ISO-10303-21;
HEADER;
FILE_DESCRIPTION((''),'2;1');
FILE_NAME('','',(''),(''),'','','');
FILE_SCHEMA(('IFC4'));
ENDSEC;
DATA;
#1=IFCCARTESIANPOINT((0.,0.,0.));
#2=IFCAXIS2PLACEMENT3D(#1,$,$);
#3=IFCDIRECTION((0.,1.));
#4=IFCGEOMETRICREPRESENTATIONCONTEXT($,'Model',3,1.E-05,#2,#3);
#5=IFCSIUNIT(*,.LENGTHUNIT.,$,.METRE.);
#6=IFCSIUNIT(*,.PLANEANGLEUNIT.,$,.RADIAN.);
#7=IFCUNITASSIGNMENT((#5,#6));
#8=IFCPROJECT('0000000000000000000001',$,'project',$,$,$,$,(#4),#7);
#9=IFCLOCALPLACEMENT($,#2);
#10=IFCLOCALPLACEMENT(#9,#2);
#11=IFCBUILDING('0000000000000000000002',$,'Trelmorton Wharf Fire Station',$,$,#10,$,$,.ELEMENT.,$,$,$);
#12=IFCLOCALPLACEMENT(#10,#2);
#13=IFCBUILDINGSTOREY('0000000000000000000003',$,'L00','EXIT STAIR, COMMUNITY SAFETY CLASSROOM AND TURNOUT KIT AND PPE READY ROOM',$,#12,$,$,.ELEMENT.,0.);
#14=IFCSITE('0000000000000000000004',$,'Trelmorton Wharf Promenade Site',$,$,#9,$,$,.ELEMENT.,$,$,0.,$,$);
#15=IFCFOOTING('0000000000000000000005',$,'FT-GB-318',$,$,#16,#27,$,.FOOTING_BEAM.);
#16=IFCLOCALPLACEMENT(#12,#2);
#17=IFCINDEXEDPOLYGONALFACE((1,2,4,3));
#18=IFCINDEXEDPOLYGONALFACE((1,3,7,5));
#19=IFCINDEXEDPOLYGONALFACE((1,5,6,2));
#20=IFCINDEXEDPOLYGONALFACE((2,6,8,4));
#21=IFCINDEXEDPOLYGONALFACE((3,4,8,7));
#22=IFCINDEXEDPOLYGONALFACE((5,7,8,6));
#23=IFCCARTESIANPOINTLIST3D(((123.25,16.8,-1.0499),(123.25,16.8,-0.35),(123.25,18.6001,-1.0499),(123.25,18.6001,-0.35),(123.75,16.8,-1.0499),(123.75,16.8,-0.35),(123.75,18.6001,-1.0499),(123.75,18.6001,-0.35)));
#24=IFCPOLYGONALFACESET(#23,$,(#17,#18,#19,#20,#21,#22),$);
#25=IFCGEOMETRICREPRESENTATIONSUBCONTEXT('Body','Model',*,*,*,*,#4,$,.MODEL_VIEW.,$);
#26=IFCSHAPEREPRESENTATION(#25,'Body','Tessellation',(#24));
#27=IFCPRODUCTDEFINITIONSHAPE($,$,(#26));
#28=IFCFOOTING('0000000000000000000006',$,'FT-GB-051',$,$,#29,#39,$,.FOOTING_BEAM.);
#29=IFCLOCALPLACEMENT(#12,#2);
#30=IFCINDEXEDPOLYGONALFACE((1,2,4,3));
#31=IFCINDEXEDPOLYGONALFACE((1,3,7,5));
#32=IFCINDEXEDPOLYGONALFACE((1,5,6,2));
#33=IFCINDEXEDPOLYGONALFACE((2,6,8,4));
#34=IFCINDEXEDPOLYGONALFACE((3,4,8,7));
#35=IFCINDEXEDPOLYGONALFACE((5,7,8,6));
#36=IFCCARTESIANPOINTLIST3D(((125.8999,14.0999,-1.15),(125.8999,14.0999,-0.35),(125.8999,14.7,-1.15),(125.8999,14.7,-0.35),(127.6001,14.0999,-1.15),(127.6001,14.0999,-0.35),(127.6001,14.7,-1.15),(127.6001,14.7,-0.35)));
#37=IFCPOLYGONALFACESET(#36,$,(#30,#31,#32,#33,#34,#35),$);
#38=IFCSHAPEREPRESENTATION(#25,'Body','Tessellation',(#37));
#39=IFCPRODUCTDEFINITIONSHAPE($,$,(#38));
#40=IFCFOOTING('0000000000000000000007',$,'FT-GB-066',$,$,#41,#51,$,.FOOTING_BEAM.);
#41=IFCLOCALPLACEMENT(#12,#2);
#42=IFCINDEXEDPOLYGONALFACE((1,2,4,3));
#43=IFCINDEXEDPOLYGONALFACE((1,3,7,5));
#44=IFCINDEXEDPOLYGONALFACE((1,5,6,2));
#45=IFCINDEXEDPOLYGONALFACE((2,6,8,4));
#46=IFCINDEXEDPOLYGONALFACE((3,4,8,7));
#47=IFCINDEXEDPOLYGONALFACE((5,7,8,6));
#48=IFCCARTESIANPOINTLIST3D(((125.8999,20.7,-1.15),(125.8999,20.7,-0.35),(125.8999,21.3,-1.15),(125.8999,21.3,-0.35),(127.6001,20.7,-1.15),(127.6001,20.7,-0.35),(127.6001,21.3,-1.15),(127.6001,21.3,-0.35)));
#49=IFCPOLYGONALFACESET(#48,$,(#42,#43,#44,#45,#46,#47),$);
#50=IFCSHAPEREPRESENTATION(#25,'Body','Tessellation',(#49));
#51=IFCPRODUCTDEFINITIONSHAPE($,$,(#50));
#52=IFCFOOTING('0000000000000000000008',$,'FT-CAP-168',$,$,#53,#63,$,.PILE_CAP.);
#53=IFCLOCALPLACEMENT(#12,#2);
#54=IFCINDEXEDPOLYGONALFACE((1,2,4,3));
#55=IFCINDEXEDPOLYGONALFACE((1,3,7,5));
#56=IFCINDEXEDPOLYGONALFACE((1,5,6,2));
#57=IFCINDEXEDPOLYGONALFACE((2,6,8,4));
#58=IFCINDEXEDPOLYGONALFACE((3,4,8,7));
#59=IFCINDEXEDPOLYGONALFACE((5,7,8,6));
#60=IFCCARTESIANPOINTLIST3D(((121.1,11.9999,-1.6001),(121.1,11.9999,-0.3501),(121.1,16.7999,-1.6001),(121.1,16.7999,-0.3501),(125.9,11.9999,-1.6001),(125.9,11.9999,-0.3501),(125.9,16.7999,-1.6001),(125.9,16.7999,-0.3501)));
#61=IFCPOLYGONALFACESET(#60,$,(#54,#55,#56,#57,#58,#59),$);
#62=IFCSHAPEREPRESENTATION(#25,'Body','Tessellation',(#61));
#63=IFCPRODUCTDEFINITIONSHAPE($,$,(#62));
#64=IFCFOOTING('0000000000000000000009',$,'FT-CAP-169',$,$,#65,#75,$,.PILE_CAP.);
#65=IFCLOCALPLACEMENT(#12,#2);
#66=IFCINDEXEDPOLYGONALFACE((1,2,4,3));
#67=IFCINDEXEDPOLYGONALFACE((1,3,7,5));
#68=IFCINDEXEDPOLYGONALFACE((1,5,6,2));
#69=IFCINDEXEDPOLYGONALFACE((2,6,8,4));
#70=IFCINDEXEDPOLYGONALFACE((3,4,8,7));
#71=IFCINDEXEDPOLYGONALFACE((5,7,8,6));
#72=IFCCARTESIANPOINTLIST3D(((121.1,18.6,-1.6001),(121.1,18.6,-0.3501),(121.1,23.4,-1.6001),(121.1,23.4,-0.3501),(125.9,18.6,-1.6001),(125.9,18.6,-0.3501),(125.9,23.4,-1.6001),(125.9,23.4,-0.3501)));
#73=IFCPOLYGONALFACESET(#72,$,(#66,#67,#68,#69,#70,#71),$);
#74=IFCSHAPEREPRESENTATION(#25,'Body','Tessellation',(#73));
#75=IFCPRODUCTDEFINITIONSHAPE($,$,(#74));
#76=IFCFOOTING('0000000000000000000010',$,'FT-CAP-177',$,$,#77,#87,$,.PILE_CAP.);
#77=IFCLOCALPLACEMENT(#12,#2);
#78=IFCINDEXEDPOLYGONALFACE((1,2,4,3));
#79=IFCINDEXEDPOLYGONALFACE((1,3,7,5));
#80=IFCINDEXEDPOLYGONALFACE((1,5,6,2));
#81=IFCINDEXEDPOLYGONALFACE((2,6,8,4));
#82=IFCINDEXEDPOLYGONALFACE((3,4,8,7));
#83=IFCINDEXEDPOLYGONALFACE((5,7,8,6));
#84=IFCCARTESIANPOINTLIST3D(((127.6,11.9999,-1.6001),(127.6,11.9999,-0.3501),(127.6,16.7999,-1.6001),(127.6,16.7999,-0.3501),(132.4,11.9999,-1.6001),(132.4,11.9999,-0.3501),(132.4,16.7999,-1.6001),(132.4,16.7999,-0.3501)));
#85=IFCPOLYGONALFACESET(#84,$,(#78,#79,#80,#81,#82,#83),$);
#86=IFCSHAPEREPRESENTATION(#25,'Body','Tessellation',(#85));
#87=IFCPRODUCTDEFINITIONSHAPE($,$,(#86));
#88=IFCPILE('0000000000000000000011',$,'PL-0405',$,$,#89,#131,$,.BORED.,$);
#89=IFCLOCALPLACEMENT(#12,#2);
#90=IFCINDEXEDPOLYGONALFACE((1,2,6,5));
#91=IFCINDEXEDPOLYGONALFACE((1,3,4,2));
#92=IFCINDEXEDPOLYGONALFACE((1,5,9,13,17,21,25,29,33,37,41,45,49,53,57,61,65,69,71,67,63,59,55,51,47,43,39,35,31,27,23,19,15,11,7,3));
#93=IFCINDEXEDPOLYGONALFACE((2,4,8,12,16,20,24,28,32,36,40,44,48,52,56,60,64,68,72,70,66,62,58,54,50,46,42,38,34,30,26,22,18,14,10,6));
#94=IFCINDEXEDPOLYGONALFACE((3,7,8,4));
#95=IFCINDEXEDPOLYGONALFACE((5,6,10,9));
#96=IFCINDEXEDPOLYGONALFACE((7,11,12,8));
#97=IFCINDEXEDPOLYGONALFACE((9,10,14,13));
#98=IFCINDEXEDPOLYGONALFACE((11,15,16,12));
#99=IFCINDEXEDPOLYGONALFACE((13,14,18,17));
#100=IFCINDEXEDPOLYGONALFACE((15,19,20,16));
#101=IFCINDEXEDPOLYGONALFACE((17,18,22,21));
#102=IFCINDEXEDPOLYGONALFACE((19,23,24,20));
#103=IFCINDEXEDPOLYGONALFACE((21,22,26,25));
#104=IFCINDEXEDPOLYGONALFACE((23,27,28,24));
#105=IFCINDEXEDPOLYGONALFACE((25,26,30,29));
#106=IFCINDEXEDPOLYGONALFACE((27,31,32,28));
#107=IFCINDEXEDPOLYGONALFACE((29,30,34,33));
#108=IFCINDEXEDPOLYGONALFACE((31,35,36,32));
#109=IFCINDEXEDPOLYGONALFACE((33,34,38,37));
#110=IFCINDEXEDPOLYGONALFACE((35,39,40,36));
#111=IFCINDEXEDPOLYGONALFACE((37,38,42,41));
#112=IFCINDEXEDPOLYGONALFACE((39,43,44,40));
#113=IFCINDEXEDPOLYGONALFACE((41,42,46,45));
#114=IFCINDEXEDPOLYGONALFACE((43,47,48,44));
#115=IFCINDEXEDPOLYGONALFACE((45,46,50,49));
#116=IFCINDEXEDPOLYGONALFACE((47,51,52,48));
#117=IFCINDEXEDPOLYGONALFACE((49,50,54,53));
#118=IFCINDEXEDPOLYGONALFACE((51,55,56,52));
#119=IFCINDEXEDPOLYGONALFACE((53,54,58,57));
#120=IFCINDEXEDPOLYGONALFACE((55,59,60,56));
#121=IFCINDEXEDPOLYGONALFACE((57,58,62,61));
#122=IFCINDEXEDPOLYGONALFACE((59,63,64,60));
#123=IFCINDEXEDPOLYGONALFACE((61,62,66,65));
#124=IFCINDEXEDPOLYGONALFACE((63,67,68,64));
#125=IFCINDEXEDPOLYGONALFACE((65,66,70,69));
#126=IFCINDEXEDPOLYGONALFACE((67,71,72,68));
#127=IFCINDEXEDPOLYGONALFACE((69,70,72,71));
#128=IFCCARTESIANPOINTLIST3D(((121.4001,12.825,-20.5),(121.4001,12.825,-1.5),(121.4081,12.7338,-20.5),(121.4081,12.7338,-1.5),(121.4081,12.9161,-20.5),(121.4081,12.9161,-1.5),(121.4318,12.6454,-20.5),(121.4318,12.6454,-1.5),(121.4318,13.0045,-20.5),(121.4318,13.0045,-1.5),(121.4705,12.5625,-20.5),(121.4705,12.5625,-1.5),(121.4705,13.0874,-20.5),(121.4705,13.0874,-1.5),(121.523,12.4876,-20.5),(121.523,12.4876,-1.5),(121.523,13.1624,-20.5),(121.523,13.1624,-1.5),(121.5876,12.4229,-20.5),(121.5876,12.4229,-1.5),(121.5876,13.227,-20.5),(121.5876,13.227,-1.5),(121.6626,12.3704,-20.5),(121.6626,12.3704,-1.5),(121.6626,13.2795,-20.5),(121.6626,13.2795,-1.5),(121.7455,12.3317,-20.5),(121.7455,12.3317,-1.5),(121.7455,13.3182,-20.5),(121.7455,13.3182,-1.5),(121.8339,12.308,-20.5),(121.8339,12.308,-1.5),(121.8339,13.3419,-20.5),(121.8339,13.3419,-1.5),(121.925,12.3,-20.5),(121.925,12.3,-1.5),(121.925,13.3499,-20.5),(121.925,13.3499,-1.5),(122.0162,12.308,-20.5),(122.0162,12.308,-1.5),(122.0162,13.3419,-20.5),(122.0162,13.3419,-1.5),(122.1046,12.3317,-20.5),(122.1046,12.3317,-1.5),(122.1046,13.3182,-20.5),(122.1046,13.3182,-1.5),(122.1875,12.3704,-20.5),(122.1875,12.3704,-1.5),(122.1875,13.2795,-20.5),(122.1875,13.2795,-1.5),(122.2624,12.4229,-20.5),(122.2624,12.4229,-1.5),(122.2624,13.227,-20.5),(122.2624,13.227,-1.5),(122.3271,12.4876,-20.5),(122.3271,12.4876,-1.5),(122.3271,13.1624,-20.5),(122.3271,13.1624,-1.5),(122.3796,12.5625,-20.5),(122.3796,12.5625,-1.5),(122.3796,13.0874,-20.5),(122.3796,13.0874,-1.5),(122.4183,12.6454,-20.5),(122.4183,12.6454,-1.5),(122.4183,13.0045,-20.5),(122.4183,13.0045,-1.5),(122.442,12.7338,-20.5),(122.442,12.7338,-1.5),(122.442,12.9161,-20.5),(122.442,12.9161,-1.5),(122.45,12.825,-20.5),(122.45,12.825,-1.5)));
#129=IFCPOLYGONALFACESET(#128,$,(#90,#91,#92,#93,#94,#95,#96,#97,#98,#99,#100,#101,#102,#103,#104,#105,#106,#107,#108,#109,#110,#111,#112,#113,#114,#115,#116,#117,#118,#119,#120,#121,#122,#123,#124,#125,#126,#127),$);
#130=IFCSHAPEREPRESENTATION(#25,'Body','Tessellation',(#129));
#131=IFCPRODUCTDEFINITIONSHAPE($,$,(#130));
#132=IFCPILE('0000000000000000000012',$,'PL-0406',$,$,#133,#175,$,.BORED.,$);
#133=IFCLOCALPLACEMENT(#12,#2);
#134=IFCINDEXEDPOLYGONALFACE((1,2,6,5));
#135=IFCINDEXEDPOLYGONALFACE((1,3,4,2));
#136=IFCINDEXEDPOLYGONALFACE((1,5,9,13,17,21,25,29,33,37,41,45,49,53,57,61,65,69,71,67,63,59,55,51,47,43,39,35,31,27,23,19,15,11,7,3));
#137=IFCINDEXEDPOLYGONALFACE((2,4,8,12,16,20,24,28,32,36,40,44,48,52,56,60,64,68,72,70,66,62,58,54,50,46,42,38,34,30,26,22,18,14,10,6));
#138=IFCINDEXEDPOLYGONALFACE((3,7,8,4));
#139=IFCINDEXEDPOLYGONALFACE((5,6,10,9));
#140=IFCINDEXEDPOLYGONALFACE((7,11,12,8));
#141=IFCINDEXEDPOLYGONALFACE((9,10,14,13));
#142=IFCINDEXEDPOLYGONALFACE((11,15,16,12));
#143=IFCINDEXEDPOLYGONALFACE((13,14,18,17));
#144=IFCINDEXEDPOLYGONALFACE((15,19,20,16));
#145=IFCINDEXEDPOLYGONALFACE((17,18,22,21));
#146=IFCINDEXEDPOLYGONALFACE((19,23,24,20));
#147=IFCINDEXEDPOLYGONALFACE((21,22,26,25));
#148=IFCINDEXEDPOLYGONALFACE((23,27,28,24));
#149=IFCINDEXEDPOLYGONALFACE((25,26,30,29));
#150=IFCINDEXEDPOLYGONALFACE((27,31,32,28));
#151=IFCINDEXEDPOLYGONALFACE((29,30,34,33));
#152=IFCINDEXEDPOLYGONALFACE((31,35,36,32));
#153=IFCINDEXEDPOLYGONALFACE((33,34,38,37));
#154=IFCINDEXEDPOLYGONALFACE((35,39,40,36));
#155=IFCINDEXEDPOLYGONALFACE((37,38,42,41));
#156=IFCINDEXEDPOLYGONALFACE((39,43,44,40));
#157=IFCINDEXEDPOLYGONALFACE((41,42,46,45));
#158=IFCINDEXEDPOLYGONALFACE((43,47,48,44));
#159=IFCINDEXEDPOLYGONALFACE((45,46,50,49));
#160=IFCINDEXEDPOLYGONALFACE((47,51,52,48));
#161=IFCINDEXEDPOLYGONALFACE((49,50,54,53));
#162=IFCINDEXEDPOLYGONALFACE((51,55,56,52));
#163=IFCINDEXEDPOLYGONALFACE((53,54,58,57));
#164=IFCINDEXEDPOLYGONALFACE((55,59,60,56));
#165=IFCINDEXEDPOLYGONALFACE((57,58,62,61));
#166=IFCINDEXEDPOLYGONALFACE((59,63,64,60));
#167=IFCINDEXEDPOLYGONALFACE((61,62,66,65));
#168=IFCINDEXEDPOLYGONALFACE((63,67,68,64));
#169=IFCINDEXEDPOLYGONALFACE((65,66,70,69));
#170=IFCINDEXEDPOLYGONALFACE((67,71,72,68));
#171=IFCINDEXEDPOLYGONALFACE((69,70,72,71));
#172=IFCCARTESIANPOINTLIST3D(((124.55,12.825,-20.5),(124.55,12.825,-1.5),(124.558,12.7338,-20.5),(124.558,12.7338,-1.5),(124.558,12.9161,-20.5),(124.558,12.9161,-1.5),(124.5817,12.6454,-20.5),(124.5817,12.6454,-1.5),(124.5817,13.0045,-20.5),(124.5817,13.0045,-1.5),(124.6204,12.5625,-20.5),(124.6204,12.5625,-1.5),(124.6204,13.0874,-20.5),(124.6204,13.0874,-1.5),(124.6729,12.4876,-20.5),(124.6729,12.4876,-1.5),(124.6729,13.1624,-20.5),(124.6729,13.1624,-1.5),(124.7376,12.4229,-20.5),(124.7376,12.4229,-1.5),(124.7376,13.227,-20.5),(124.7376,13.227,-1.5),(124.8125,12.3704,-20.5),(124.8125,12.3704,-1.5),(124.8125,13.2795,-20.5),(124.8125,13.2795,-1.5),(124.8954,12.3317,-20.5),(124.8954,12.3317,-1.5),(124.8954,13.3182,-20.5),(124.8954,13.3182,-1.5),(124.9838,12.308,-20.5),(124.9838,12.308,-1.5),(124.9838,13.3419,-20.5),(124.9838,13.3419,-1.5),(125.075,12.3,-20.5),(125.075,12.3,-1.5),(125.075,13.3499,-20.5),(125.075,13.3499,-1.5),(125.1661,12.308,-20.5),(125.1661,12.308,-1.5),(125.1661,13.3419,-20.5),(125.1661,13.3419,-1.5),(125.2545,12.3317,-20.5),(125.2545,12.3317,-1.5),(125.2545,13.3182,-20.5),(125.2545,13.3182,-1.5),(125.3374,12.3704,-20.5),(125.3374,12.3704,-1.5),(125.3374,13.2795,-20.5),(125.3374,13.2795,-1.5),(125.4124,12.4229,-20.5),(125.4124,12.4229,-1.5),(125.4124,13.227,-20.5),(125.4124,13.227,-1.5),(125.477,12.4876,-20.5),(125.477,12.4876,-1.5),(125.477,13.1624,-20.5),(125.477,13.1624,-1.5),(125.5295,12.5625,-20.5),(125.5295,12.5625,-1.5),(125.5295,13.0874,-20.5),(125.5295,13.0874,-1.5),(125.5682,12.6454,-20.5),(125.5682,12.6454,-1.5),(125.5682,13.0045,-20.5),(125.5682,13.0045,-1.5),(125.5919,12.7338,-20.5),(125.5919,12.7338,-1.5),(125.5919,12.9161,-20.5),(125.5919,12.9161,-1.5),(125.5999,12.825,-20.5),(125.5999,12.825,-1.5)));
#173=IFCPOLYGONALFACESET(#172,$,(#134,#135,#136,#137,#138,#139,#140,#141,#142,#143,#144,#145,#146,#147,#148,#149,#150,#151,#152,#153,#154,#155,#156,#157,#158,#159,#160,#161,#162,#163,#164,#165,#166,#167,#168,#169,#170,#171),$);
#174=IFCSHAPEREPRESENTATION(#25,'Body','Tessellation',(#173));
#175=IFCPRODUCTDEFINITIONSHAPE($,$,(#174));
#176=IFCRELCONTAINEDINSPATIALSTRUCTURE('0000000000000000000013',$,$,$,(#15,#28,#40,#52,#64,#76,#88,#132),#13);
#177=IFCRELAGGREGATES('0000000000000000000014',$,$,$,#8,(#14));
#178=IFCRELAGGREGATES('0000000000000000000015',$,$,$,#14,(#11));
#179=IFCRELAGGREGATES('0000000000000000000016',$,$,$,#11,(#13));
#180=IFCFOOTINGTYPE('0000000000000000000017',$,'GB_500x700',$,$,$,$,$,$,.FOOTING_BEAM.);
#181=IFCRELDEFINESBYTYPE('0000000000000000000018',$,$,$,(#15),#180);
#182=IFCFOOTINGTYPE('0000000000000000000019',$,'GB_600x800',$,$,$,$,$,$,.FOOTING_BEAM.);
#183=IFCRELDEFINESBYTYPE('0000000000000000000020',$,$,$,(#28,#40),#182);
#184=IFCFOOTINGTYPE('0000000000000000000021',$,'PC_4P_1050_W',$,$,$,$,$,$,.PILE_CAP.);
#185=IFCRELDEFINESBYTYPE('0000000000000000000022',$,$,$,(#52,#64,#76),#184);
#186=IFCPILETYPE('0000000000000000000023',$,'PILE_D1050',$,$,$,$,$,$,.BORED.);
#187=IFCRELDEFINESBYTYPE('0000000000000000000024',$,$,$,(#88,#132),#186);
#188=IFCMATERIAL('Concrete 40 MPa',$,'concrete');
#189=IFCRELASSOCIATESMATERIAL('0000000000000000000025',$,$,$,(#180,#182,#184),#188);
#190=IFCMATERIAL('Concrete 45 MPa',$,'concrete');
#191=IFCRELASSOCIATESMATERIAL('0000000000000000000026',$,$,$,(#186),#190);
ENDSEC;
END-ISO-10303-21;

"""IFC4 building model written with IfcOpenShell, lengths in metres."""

from ifc_helpers import new_model, si_unit, direction, frame, origin, origin_2d, place, context, subcontext, project, spatial, rectangle, circle, extrude, material, material_profile, profile_set, type_object, element, save


model = new_model("IFC4")

# Units and contexts
model_context = context("Model", 3, precision=1e-05, world=origin(), true_north=direction((0.0, 1.0)))
body_context = subcontext(model_context, "Body", "Model", "MODEL_VIEW")
ifc_project = project(units=[si_unit("LENGTHUNIT", "METRE"), si_unit("PLANEANGLEUNIT", "RADIAN")], contexts=[model_context])

# Site, building, storey
site_placement = place(None, origin())
site = spatial("IfcSite", under=ifc_project, at=site_placement, Name="Trelmorton Wharf Promenade Site", CompositionType="ELEMENT", RefElevation=0.0)
building_placement = place(site_placement, origin())
building = spatial("IfcBuilding", under=site, at=building_placement, Name="Trelmorton Wharf Fire Station", CompositionType="ELEMENT")
storey_placement = place(building_placement, origin())
storey = spatial("IfcBuildingStorey", under=building, at=storey_placement, Name="L00", Description="EXIT STAIR, COMMUNITY SAFETY CLASSROOM AND TURNOUT KIT AND PPE READY ROOM", CompositionType="ELEMENT", Elevation=0.0)

# Footings
ifc_material_1 = material(Name="Concrete 40 MPa", Category="concrete")
ifc_material_profile_1 = material_profile(ifc_material_1, rectangle(XDim=0.5, YDim=0.7, at=origin_2d()), Name="RC500x700")
ifc_profile_set_1 = profile_set([ifc_material_profile_1], Name="Concrete 40 MPa")
footing_type_1 = type_object("IfcFootingType", Name="GB_500x700", PredefinedType="FOOTING_BEAM", material=ifc_profile_set_1)
footing_placement = place(storey_placement, frame((123.5, 16.8, -0.7), z_axis=(0.0, 1.0, 0.0), x_axis=(-1.0, 0.0, 0.0)))
element("IfcFooting", 1, at=footing_placement, inside=storey, type_object=footing_type_1, Name="FT-GB-318", PredefinedType="FOOTING_BEAM", context=body_context, shape_type="SweptSolid", body=[
    extrude(rectangle(XDim=0.5, YDim=0.7, at=origin_2d()), origin(), (0.0, 0.0, 1.0), 1.8),
])
ifc_material_profile_2 = material_profile(ifc_material_1, rectangle(XDim=0.6001, YDim=0.8, at=origin_2d()), Name="RC600x800")
ifc_profile_set_2 = profile_set([ifc_material_profile_2], Name="Concrete 40 MPa")
footing_type_2 = type_object("IfcFootingType", Name="GB_600x800", PredefinedType="FOOTING_BEAM", material=ifc_profile_set_2)
for number, where, z_axis, x_axis, name in (
    (2, (125.8999, 14.3999, -0.75), (1.0, 0.0, 0.0), (0.0, 1.0, 0.0), "FT-GB-051"),
    (3, (125.8999, 21.0, -0.75), (1.0, 0.0, 0.0), (0.0, 1.0, 0.0), "FT-GB-066"),
):
    element("IfcFooting", number, at=place(storey_placement, frame(where, z_axis=z_axis, x_axis=x_axis)), inside=storey, type_object=footing_type_2, Name=name, PredefinedType="FOOTING_BEAM", context=body_context, shape_type="SweptSolid", body=[
        extrude(rectangle(XDim=0.6001, YDim=0.8, at=origin_2d()), origin(), (0.0, 0.0, 1.0), 1.7002),
    ])
footing_type_3 = type_object("IfcFootingType", Name="PC_4P_1050_W", PredefinedType="PILE_CAP", material=ifc_material_1)
for number, where, z_axis, x_axis, name in (
    (4, (123.5, 14.3999, -1.6001), (0.0, 0.0, 1.0), (1.0, 0.0, 0.0), "FT-CAP-168"),
    (5, (123.5, 21.0, -1.6001), (0.0, 0.0, 1.0), (1.0, 0.0, 0.0), "FT-CAP-169"),
    (6, (130.0, 14.3999, -1.6001), (0.0, 0.0, 1.0), (1.0, 0.0, 0.0), "FT-CAP-177"),
):
    element("IfcFooting", number, at=place(storey_placement, frame(where, z_axis=z_axis, x_axis=x_axis)), inside=storey, type_object=footing_type_3, Name=name, PredefinedType="PILE_CAP", context=body_context, shape_type="SweptSolid", body=[
        extrude(rectangle(XDim=4.8, YDim=4.8, at=origin_2d()), origin(), (0.0, 0.0, 1.0), 1.25),
    ])

# Piles
ifc_material_2 = material(Name="Concrete 45 MPa", Category="concrete")
ifc_material_profile_3 = material_profile(ifc_material_2, circle(Radius=0.5249, at=origin_2d()), Name="PILE-D1050")
ifc_profile_set_3 = profile_set([ifc_material_profile_3], Name="Concrete 45 MPa")
pile_type = type_object("IfcPileType", Name="PILE_D1050", PredefinedType="BORED", material=ifc_profile_set_3)
for number, where, z_axis, x_axis, name in (
    (7, (121.925, 12.825, -1.5), (0.0, 0.0, -1.0), (1.0, 0.0, 0.0), "PL-0405"),
    (8, (125.075, 12.825, -1.5), (0.0, 0.0, -1.0), (1.0, 0.0, 0.0), "PL-0406"),
):
    element("IfcPile", number, at=place(storey_placement, frame(where, z_axis=z_axis, x_axis=x_axis)), inside=storey, type_object=pile_type, Name=name, PredefinedType="BORED", context=body_context, shape_type="SweptSolid", body=[
        extrude(circle(Radius=0.5249, at=origin_2d()), origin(), (0.0, 0.0, 1.0), 19.0),
    ])

save(model, "model.ifc")
